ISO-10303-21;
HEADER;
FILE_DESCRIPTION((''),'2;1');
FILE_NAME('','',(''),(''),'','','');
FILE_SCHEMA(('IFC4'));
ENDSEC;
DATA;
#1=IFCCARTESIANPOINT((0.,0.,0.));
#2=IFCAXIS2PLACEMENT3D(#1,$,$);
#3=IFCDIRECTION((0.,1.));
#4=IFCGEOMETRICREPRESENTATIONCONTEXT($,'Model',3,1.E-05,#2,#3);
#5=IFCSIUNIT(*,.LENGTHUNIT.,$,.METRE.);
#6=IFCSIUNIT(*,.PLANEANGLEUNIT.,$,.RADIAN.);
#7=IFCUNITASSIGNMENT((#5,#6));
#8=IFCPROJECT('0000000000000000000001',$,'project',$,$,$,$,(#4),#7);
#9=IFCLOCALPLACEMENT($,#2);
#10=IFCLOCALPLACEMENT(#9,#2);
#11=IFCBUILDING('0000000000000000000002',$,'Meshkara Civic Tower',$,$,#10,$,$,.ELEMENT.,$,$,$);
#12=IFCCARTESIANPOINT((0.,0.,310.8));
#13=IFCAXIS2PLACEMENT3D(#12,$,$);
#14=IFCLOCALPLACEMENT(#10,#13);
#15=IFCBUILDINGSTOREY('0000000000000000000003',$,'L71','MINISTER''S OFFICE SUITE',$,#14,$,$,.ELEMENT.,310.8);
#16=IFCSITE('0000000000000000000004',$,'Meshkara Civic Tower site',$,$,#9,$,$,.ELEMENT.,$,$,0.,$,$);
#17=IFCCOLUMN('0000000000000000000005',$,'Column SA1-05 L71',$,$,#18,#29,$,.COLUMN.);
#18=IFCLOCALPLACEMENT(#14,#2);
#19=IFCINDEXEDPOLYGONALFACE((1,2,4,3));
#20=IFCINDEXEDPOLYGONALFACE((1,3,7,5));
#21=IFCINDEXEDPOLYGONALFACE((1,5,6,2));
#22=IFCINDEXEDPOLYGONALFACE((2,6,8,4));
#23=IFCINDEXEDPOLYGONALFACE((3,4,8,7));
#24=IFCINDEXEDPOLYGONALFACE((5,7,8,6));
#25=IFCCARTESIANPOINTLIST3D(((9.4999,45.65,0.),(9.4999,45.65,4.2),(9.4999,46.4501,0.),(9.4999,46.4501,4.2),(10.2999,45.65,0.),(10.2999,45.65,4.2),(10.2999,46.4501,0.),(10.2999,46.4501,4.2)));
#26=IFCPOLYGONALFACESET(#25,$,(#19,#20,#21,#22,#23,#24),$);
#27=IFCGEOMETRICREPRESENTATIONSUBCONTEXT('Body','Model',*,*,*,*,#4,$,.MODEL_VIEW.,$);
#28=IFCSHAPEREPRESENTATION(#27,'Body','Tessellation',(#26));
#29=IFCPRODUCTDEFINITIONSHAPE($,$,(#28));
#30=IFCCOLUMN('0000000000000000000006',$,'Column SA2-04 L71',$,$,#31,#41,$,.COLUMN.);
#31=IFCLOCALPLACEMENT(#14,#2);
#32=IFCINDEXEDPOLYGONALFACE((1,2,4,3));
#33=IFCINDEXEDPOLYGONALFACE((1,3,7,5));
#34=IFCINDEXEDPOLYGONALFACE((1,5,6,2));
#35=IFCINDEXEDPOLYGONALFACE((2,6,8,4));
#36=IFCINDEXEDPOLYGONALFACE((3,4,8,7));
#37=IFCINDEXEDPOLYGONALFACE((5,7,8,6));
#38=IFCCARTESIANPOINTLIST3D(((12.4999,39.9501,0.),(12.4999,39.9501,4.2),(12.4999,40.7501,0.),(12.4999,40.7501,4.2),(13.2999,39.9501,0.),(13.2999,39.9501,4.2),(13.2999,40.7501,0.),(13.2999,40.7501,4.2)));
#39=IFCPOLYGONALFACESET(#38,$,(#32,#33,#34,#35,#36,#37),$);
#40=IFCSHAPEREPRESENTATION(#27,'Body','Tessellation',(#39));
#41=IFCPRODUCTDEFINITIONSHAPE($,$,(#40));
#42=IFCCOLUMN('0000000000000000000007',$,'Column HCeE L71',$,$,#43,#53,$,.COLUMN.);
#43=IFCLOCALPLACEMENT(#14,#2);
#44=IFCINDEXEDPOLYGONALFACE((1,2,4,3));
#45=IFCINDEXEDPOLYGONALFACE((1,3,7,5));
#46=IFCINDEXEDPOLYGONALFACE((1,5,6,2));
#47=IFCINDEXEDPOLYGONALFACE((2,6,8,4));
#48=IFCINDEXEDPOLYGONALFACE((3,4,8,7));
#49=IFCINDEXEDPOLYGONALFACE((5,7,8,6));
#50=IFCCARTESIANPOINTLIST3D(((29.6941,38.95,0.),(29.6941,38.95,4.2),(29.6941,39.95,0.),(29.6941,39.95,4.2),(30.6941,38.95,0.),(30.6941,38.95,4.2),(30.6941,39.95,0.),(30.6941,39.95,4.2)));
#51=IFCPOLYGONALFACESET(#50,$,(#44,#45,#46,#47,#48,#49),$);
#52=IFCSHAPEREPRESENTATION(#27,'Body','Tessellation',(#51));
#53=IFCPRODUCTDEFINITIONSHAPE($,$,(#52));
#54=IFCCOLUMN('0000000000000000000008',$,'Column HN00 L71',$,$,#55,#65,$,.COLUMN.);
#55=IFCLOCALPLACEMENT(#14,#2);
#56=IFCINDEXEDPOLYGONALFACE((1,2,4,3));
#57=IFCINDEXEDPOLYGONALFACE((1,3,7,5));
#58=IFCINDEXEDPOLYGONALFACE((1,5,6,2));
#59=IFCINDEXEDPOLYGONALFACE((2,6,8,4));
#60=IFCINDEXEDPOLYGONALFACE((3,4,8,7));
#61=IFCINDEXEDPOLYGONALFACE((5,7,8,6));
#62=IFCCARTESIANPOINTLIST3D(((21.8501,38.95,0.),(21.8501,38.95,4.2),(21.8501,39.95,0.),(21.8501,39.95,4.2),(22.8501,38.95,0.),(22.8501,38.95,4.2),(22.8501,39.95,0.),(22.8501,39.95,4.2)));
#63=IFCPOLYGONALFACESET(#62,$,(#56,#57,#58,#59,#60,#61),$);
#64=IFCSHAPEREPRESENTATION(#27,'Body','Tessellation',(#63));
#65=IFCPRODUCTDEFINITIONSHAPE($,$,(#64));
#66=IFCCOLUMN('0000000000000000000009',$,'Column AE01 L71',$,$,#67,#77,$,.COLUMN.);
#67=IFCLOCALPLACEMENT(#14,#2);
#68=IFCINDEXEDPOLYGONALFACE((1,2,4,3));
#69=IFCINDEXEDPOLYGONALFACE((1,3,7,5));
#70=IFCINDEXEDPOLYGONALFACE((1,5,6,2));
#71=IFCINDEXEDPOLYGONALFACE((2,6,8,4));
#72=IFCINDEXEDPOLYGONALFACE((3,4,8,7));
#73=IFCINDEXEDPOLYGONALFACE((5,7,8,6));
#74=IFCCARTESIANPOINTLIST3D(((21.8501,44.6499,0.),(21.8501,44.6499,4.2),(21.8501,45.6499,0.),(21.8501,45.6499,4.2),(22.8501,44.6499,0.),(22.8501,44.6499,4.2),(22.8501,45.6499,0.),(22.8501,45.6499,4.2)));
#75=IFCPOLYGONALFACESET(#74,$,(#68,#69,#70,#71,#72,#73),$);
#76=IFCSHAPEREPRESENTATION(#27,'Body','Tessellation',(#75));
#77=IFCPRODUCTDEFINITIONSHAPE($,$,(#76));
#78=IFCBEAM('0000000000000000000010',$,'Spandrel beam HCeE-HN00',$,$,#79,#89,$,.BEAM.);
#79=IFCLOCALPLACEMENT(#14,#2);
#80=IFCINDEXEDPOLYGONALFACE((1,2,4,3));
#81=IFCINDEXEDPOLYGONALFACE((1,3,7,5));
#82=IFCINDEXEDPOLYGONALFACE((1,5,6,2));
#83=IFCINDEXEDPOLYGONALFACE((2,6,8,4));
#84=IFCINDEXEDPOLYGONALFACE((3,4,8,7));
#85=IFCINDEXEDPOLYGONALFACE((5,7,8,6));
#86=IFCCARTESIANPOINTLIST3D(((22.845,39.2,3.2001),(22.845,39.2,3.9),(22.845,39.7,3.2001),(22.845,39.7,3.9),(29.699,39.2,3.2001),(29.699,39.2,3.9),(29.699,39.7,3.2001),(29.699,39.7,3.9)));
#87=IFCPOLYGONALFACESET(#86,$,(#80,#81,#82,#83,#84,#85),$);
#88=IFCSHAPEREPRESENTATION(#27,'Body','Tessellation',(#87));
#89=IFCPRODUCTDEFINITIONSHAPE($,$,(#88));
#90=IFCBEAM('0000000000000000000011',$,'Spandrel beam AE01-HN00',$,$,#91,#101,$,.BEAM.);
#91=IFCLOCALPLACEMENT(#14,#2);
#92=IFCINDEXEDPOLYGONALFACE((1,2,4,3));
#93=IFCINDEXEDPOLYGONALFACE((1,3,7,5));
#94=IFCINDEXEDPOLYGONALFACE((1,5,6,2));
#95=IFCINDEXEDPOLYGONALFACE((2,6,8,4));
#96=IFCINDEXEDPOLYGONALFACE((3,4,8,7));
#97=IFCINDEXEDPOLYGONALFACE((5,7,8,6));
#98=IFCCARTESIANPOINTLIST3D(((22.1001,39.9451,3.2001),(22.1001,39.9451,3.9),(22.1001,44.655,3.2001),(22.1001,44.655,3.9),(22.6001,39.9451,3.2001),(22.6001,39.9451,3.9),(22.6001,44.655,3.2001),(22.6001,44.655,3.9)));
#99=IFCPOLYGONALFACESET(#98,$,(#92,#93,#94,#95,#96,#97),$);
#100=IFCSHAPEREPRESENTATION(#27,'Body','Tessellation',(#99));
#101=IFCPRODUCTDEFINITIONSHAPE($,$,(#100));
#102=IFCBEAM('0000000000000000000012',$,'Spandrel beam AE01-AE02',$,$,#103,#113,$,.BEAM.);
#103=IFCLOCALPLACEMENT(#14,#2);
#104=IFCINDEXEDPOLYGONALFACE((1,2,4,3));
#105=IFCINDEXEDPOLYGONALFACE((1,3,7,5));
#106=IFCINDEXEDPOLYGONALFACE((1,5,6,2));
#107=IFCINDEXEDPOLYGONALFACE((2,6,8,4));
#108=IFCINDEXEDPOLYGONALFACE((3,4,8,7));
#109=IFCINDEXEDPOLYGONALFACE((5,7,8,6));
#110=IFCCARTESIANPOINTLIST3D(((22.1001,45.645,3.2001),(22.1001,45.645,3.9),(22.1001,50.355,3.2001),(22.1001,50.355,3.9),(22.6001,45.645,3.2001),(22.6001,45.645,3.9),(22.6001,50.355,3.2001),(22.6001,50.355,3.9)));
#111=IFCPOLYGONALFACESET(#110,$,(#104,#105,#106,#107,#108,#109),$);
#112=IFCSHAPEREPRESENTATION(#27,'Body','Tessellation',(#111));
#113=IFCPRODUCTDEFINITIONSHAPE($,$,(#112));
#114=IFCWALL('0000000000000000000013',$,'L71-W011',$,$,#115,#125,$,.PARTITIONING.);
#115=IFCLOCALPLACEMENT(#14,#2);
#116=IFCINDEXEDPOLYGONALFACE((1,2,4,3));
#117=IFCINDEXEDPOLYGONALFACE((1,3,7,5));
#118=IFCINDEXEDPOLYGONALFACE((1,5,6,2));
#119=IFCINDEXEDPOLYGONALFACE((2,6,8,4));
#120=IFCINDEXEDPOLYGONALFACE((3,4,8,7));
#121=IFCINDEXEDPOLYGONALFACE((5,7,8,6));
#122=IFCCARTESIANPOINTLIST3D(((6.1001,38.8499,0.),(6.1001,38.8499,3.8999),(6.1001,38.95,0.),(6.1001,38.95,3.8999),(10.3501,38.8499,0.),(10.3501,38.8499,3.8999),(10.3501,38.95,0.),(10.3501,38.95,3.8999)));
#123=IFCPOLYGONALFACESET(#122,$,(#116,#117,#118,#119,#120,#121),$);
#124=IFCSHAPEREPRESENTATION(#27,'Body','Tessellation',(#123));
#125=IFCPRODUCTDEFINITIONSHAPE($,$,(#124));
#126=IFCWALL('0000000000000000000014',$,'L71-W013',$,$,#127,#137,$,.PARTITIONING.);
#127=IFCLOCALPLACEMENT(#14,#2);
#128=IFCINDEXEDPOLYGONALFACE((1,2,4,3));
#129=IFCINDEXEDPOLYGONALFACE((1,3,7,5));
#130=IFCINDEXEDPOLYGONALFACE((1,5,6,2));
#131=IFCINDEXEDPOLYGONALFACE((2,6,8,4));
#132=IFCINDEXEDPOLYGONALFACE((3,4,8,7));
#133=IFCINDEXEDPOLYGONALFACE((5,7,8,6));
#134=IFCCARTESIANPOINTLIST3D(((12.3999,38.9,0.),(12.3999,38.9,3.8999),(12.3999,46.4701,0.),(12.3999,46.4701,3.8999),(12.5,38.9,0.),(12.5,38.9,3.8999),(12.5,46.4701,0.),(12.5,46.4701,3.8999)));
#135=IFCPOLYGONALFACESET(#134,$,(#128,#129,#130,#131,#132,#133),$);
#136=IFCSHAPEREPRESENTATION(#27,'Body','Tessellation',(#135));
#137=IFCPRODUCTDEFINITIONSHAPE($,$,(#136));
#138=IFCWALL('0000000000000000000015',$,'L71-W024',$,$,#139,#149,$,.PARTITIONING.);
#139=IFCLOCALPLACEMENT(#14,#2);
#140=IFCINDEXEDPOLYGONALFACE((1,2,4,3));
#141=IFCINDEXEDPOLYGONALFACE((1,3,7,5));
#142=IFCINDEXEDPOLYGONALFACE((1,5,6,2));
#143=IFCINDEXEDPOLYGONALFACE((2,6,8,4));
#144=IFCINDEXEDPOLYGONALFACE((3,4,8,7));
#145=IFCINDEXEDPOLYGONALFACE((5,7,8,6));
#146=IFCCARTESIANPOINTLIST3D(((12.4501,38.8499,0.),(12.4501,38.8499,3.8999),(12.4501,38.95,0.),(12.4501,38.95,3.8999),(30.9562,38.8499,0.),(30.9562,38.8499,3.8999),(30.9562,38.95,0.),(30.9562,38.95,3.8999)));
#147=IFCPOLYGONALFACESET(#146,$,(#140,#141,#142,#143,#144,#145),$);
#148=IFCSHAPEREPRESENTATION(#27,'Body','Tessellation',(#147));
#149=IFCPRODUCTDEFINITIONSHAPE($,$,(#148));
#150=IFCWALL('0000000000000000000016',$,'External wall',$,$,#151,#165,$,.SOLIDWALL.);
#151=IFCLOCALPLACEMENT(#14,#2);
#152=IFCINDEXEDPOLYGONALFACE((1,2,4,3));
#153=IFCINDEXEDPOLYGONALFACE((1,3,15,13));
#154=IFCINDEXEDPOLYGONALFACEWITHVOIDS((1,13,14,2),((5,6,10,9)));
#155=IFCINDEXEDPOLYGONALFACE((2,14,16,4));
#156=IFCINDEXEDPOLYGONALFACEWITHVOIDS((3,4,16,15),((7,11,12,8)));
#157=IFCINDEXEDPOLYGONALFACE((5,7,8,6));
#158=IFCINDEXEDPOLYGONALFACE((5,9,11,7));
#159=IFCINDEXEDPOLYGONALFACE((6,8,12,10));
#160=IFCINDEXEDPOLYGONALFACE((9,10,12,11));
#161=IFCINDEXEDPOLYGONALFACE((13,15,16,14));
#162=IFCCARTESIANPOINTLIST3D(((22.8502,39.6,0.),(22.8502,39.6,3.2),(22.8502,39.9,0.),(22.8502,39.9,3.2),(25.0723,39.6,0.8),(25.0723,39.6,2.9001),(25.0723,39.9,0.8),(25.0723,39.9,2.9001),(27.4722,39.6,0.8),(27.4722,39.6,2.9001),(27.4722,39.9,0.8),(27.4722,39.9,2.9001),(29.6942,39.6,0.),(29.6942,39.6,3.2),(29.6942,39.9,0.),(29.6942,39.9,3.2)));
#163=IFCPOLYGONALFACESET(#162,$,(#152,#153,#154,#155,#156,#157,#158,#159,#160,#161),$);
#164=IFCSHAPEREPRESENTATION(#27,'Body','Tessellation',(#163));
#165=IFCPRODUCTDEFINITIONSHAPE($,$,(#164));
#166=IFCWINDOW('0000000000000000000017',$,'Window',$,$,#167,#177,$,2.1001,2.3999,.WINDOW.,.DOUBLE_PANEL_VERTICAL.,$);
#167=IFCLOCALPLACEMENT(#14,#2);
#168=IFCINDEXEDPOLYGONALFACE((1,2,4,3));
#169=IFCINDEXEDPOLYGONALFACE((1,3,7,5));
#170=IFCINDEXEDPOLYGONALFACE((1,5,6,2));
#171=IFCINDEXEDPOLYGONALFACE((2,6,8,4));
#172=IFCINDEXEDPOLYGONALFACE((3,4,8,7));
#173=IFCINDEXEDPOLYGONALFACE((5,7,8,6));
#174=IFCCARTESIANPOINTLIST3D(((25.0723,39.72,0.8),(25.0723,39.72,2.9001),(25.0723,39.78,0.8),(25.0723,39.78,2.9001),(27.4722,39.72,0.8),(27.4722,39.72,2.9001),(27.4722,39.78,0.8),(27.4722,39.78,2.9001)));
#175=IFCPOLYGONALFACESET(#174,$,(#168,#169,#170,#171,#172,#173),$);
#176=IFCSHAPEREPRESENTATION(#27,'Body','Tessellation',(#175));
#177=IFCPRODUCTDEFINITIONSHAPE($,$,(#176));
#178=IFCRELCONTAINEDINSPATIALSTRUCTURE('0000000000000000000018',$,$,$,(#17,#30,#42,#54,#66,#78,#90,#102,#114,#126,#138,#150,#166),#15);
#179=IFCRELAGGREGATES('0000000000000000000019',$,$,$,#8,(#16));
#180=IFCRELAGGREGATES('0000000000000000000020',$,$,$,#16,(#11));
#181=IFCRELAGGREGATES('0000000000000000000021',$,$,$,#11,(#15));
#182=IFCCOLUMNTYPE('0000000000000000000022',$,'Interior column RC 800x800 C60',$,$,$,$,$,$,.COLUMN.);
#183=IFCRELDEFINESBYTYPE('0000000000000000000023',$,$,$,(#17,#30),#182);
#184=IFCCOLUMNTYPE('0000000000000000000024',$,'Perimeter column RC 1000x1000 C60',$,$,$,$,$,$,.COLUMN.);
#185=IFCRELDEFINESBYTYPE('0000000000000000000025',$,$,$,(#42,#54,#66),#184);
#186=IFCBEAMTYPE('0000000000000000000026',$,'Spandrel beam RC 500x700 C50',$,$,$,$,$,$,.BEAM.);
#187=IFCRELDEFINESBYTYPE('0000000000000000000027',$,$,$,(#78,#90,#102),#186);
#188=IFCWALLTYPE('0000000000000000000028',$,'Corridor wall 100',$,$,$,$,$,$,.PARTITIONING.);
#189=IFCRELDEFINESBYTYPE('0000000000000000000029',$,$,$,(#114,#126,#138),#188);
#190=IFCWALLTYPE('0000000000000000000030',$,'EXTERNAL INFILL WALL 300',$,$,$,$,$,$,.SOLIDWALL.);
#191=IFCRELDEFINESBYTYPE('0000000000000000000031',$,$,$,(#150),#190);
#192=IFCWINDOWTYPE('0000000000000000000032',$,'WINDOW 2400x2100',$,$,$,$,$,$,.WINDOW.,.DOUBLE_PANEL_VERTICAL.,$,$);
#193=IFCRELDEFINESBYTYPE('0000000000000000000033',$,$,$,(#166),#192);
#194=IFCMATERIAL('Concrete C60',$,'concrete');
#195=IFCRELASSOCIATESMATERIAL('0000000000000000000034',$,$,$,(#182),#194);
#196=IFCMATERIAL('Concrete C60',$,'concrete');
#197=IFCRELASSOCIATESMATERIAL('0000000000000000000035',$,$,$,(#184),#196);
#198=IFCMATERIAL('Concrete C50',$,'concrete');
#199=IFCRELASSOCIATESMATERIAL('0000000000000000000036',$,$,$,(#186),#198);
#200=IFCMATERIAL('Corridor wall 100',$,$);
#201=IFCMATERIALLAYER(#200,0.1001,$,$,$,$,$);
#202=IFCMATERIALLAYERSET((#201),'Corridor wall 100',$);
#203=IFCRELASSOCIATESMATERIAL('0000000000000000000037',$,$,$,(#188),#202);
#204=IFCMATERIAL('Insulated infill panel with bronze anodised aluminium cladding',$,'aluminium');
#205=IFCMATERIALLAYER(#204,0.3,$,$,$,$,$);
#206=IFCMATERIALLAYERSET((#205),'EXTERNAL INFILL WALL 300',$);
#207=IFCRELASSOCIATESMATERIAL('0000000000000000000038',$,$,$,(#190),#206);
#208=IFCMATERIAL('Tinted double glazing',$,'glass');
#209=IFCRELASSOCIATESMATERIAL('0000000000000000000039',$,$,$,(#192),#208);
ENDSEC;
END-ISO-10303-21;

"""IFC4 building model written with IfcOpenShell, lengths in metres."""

from ifc_helpers import new_model, si_unit, direction, frame, frame_2d, origin, origin_2d, place, context, subcontext, project, spatial, rectangle, extrude, material, layer, layer_set, material_profile, profile_set, type_object, element, fill, save


model = new_model("IFC4")

# Units and contexts
model_context = context("Model", 3, precision=1e-05, world=origin(), true_north=direction((0.0, 1.0)))
body_context = subcontext(model_context, "Body", "Model", "MODEL_VIEW")
ifc_project = project(units=[si_unit("LENGTHUNIT", "METRE"), si_unit("PLANEANGLEUNIT", "RADIAN")], contexts=[model_context])

# Site, building, storey
site_placement = place(None, origin())
site = spatial("IfcSite", under=ifc_project, at=site_placement, Name="Meshkara Civic Tower site", CompositionType="ELEMENT", RefElevation=0.0)
building_placement = place(site_placement, origin())
building = spatial("IfcBuilding", under=site, at=building_placement, Name="Meshkara Civic Tower", CompositionType="ELEMENT")
storey_placement = place(building_placement, frame((0.0, 0.0, 310.8)))
storey = spatial("IfcBuildingStorey", under=building, at=storey_placement, Name="L71", Description="MINISTER'S OFFICE SUITE", CompositionType="ELEMENT", Elevation=310.8)

# Columns
ifc_material_1 = material(Name="Concrete C60", Category="concrete")
ifc_material_profile_1 = material_profile(ifc_material_1, rectangle(XDim=0.8, YDim=0.8, at=origin_2d()))
ifc_profile_set_1 = profile_set([ifc_material_profile_1], Name="Concrete C60")
column_type_1 = type_object("IfcColumnType", Name="Interior column RC 800x800 C60", PredefinedType="COLUMN", material=ifc_profile_set_1)
for number, where, z_axis, x_axis, name in (
    (1, (9.8999, 46.05, 0.0), (0.0, 0.0, 1.0), (1.0, 0.0, 0.0), "Column SA1-05 L71"),
    (2, (12.8999, 40.3501, 0.0), (0.0, 0.0, 1.0), (1.0, 0.0, 0.0), "Column SA2-04 L71"),
):
    element("IfcColumn", number, at=place(storey_placement, frame(where, z_axis=z_axis, x_axis=x_axis)), inside=storey, type_object=column_type_1, Name=name, PredefinedType="COLUMN", context=body_context, shape_type="SweptSolid", body=[
        extrude(rectangle(XDim=0.8, YDim=0.8, at=origin_2d()), origin(), (0.0, 0.0, 1.0), 4.2),
    ])
ifc_material_2 = material(Name="Concrete C60", Category="concrete")
ifc_material_profile_2 = material_profile(ifc_material_2, rectangle(XDim=1.0, YDim=1.0, at=origin_2d()))
ifc_profile_set_2 = profile_set([ifc_material_profile_2], Name="Concrete C60")
column_type_2 = type_object("IfcColumnType", Name="Perimeter column RC 1000x1000 C60", PredefinedType="COLUMN", material=ifc_profile_set_2)
for number, where, z_axis, x_axis, name in (
    (3, (30.1941, 39.45, 0.0), (0.0, 0.0, 1.0), (1.0, 0.0, 0.0), "Column HCeE L71"),
    (4, (22.3501, 39.45, 0.0), (0.0, 0.0, 1.0), (1.0, 0.0, 0.0), "Column HN00 L71"),
    (5, (22.3501, 45.1499, 0.0), (0.0, 0.0, 1.0), (1.0, 0.0, 0.0), "Column AE01 L71"),
):
    element("IfcColumn", number, at=place(storey_placement, frame(where, z_axis=z_axis, x_axis=x_axis)), inside=storey, type_object=column_type_2, Name=name, PredefinedType="COLUMN", context=body_context, shape_type="SweptSolid", body=[
        extrude(rectangle(XDim=1.0, YDim=1.0, at=origin_2d()), origin(), (0.0, 0.0, 1.0), 4.2),
    ])

# Beams
ifc_material_3 = material(Name="Concrete C50", Category="concrete")
ifc_material_profile_3 = material_profile(ifc_material_3, rectangle(XDim=0.5, YDim=0.7, at=origin_2d()))
ifc_profile_set_3 = profile_set([ifc_material_profile_3], Name="Concrete C50")
beam_type = type_object("IfcBeamType", Name="Spandrel beam RC 500x700 C50", PredefinedType="BEAM", material=ifc_profile_set_3)
beam_placement = place(storey_placement, frame((29.699, 39.45, 3.55), z_axis=(-1.0, 0.0, 0.0), x_axis=(0.0, -1.0, 0.0)))
element("IfcBeam", 6, at=beam_placement, inside=storey, type_object=beam_type, Name="Spandrel beam HCeE-HN00", PredefinedType="BEAM", context=body_context, shape_type="SweptSolid", body=[
    extrude(rectangle(XDim=0.5, YDim=0.7, at=origin_2d()), origin(), (0.0, 0.0, 1.0), 6.854),
])
for number, where, z_axis, x_axis, name in (
    (7, (22.3501, 39.9451, 3.55), (0.0, 1.0, 0.0), (-1.0, 0.0, 0.0), "Spandrel beam AE01-HN00"),
    (8, (22.3501, 45.645, 3.55), (0.0, 1.0, 0.0), (-1.0, 0.0, 0.0), "Spandrel beam AE01-AE02"),
):
    element("IfcBeam", number, at=place(storey_placement, frame(where, z_axis=z_axis, x_axis=x_axis)), inside=storey, type_object=beam_type, Name=name, PredefinedType="BEAM", context=body_context, shape_type="SweptSolid", body=[
        extrude(rectangle(XDim=0.5, YDim=0.7, at=origin_2d()), origin(), (0.0, 0.0, 1.0), 4.71),
    ])

# Walls
ifc_material_4 = material(Name="Corridor wall 100")
ifc_layer_1 = layer(ifc_material_4, 0.1001)
ifc_layer_set_1 = layer_set([ifc_layer_1], Name="Corridor wall 100")
wall_type_1 = type_object("IfcWallType", Name="Corridor wall 100", PredefinedType="PARTITIONING", material=ifc_layer_set_1)
wall_1_placement = place(storey_placement, frame((10.3501, 38.8999, 0.0), z_axis=(0.0, 0.0, 1.0), x_axis=(-1.0, 0.0, 0.0)))
element("IfcWall", 9, at=wall_1_placement, inside=storey, type_object=wall_type_1, Name="L71-W011", PredefinedType="PARTITIONING", context=body_context, shape_type="SweptSolid", body=[
    extrude(rectangle(XDim=4.25, YDim=0.1001, at=frame_2d((2.125, 0.0))), origin(), (0.0, 0.0, 1.0), 3.8999),
])
wall_2_placement = place(storey_placement, frame((12.45, 38.8999, 0.0), z_axis=(0.0, 0.0, 1.0), x_axis=(0.0, 1.0, 0.0)))
element("IfcWall", 10, at=wall_2_placement, inside=storey, type_object=wall_type_1, Name="L71-W013", PredefinedType="PARTITIONING", context=body_context, shape_type="SweptSolid", body=[
    extrude(rectangle(XDim=7.5701, YDim=0.1001, at=frame_2d((3.7852, 0.0))), origin(), (0.0, 0.0, 1.0), 3.8999),
])
wall_3_placement = place(storey_placement, frame((30.9561, 38.8999, 0.0), z_axis=(0.0, 0.0, 1.0), x_axis=(-1.0, 0.0, 0.0)))
element("IfcWall", 11, at=wall_3_placement, inside=storey, type_object=wall_type_1, Name="L71-W024", PredefinedType="PARTITIONING", context=body_context, shape_type="SweptSolid", body=[
    extrude(rectangle(XDim=18.5061, YDim=0.1001, at=frame_2d((9.2529, 0.0))), origin(), (0.0, 0.0, 1.0), 3.8999),
])

# Wall, opening, window
ifc_material_5 = material(Name="Insulated infill panel with bronze anodised aluminium cladding", Category="aluminium")
ifc_layer_2 = layer(ifc_material_5, 0.3)
ifc_layer_set_2 = layer_set([ifc_layer_2], Name="EXTERNAL INFILL WALL 300")
wall_type_2 = type_object("IfcWallType", Name="EXTERNAL INFILL WALL 300", PredefinedType="SOLIDWALL", material=ifc_layer_set_2)
wall_4_placement = place(storey_placement, frame((29.6941, 39.75, 0.0), z_axis=(0.0, 0.0, 1.0), x_axis=(-1.0, 0.0, 0.0)))
wall_4 = element("IfcWall", 12, at=wall_4_placement, inside=storey, type_object=wall_type_2, Name="External wall", PredefinedType="SOLIDWALL", context=body_context, shape_type="SweptSolid", body=[
    extrude(rectangle(XDim=6.844, YDim=0.3, at=frame_2d((3.4219, 0.0))), origin(), (0.0, 0.0, 1.0), 3.2),
])
opening_1_placement = place(wall_4_placement, frame((2.2219, 0.0, 0.8)))
opening_1 = element("IfcOpeningElement", 13, at=opening_1_placement, cuts=wall_4, PredefinedType="OPENING", context=body_context, shape_type="SweptSolid", body=[
    extrude(rectangle(XDim=2.3999, YDim=2.1001, at=frame_2d((1.2, 1.05))), frame((0.0, 0.1599, 0.0), z_axis=(0.0, -1.0, 0.0), x_axis=(1.0, 0.0, 0.0)), (0.0, 0.0, 1.0), 0.3201),
])
ifc_material_6 = material(Name="Tinted double glazing", Category="glass")
window_type = type_object("IfcWindowType", Name="WINDOW 2400x2100", PartitioningType="DOUBLE_PANEL_VERTICAL", PredefinedType="WINDOW", material=ifc_material_6)
window_1_placement = place(opening_1_placement, origin())
window_1 = element("IfcWindow", 14, at=window_1_placement, inside=storey, type_object=window_type, Name="Window", OverallHeight=2.1001, OverallWidth=2.3999, PartitioningType="DOUBLE_PANEL_VERTICAL", PredefinedType="WINDOW", context=body_context, shape_type="SweptSolid", body=[
    extrude(rectangle(XDim=2.3999, YDim=2.1001, at=frame_2d((1.2, 1.05))), frame((0.0, 0.03, 0.0), z_axis=(0.0, -1.0, 0.0), x_axis=(1.0, 0.0, 0.0)), (0.0, 0.0, 1.0), 0.0601),
])
fill(opening_1, window_1)

save(model, "model.ifc")
